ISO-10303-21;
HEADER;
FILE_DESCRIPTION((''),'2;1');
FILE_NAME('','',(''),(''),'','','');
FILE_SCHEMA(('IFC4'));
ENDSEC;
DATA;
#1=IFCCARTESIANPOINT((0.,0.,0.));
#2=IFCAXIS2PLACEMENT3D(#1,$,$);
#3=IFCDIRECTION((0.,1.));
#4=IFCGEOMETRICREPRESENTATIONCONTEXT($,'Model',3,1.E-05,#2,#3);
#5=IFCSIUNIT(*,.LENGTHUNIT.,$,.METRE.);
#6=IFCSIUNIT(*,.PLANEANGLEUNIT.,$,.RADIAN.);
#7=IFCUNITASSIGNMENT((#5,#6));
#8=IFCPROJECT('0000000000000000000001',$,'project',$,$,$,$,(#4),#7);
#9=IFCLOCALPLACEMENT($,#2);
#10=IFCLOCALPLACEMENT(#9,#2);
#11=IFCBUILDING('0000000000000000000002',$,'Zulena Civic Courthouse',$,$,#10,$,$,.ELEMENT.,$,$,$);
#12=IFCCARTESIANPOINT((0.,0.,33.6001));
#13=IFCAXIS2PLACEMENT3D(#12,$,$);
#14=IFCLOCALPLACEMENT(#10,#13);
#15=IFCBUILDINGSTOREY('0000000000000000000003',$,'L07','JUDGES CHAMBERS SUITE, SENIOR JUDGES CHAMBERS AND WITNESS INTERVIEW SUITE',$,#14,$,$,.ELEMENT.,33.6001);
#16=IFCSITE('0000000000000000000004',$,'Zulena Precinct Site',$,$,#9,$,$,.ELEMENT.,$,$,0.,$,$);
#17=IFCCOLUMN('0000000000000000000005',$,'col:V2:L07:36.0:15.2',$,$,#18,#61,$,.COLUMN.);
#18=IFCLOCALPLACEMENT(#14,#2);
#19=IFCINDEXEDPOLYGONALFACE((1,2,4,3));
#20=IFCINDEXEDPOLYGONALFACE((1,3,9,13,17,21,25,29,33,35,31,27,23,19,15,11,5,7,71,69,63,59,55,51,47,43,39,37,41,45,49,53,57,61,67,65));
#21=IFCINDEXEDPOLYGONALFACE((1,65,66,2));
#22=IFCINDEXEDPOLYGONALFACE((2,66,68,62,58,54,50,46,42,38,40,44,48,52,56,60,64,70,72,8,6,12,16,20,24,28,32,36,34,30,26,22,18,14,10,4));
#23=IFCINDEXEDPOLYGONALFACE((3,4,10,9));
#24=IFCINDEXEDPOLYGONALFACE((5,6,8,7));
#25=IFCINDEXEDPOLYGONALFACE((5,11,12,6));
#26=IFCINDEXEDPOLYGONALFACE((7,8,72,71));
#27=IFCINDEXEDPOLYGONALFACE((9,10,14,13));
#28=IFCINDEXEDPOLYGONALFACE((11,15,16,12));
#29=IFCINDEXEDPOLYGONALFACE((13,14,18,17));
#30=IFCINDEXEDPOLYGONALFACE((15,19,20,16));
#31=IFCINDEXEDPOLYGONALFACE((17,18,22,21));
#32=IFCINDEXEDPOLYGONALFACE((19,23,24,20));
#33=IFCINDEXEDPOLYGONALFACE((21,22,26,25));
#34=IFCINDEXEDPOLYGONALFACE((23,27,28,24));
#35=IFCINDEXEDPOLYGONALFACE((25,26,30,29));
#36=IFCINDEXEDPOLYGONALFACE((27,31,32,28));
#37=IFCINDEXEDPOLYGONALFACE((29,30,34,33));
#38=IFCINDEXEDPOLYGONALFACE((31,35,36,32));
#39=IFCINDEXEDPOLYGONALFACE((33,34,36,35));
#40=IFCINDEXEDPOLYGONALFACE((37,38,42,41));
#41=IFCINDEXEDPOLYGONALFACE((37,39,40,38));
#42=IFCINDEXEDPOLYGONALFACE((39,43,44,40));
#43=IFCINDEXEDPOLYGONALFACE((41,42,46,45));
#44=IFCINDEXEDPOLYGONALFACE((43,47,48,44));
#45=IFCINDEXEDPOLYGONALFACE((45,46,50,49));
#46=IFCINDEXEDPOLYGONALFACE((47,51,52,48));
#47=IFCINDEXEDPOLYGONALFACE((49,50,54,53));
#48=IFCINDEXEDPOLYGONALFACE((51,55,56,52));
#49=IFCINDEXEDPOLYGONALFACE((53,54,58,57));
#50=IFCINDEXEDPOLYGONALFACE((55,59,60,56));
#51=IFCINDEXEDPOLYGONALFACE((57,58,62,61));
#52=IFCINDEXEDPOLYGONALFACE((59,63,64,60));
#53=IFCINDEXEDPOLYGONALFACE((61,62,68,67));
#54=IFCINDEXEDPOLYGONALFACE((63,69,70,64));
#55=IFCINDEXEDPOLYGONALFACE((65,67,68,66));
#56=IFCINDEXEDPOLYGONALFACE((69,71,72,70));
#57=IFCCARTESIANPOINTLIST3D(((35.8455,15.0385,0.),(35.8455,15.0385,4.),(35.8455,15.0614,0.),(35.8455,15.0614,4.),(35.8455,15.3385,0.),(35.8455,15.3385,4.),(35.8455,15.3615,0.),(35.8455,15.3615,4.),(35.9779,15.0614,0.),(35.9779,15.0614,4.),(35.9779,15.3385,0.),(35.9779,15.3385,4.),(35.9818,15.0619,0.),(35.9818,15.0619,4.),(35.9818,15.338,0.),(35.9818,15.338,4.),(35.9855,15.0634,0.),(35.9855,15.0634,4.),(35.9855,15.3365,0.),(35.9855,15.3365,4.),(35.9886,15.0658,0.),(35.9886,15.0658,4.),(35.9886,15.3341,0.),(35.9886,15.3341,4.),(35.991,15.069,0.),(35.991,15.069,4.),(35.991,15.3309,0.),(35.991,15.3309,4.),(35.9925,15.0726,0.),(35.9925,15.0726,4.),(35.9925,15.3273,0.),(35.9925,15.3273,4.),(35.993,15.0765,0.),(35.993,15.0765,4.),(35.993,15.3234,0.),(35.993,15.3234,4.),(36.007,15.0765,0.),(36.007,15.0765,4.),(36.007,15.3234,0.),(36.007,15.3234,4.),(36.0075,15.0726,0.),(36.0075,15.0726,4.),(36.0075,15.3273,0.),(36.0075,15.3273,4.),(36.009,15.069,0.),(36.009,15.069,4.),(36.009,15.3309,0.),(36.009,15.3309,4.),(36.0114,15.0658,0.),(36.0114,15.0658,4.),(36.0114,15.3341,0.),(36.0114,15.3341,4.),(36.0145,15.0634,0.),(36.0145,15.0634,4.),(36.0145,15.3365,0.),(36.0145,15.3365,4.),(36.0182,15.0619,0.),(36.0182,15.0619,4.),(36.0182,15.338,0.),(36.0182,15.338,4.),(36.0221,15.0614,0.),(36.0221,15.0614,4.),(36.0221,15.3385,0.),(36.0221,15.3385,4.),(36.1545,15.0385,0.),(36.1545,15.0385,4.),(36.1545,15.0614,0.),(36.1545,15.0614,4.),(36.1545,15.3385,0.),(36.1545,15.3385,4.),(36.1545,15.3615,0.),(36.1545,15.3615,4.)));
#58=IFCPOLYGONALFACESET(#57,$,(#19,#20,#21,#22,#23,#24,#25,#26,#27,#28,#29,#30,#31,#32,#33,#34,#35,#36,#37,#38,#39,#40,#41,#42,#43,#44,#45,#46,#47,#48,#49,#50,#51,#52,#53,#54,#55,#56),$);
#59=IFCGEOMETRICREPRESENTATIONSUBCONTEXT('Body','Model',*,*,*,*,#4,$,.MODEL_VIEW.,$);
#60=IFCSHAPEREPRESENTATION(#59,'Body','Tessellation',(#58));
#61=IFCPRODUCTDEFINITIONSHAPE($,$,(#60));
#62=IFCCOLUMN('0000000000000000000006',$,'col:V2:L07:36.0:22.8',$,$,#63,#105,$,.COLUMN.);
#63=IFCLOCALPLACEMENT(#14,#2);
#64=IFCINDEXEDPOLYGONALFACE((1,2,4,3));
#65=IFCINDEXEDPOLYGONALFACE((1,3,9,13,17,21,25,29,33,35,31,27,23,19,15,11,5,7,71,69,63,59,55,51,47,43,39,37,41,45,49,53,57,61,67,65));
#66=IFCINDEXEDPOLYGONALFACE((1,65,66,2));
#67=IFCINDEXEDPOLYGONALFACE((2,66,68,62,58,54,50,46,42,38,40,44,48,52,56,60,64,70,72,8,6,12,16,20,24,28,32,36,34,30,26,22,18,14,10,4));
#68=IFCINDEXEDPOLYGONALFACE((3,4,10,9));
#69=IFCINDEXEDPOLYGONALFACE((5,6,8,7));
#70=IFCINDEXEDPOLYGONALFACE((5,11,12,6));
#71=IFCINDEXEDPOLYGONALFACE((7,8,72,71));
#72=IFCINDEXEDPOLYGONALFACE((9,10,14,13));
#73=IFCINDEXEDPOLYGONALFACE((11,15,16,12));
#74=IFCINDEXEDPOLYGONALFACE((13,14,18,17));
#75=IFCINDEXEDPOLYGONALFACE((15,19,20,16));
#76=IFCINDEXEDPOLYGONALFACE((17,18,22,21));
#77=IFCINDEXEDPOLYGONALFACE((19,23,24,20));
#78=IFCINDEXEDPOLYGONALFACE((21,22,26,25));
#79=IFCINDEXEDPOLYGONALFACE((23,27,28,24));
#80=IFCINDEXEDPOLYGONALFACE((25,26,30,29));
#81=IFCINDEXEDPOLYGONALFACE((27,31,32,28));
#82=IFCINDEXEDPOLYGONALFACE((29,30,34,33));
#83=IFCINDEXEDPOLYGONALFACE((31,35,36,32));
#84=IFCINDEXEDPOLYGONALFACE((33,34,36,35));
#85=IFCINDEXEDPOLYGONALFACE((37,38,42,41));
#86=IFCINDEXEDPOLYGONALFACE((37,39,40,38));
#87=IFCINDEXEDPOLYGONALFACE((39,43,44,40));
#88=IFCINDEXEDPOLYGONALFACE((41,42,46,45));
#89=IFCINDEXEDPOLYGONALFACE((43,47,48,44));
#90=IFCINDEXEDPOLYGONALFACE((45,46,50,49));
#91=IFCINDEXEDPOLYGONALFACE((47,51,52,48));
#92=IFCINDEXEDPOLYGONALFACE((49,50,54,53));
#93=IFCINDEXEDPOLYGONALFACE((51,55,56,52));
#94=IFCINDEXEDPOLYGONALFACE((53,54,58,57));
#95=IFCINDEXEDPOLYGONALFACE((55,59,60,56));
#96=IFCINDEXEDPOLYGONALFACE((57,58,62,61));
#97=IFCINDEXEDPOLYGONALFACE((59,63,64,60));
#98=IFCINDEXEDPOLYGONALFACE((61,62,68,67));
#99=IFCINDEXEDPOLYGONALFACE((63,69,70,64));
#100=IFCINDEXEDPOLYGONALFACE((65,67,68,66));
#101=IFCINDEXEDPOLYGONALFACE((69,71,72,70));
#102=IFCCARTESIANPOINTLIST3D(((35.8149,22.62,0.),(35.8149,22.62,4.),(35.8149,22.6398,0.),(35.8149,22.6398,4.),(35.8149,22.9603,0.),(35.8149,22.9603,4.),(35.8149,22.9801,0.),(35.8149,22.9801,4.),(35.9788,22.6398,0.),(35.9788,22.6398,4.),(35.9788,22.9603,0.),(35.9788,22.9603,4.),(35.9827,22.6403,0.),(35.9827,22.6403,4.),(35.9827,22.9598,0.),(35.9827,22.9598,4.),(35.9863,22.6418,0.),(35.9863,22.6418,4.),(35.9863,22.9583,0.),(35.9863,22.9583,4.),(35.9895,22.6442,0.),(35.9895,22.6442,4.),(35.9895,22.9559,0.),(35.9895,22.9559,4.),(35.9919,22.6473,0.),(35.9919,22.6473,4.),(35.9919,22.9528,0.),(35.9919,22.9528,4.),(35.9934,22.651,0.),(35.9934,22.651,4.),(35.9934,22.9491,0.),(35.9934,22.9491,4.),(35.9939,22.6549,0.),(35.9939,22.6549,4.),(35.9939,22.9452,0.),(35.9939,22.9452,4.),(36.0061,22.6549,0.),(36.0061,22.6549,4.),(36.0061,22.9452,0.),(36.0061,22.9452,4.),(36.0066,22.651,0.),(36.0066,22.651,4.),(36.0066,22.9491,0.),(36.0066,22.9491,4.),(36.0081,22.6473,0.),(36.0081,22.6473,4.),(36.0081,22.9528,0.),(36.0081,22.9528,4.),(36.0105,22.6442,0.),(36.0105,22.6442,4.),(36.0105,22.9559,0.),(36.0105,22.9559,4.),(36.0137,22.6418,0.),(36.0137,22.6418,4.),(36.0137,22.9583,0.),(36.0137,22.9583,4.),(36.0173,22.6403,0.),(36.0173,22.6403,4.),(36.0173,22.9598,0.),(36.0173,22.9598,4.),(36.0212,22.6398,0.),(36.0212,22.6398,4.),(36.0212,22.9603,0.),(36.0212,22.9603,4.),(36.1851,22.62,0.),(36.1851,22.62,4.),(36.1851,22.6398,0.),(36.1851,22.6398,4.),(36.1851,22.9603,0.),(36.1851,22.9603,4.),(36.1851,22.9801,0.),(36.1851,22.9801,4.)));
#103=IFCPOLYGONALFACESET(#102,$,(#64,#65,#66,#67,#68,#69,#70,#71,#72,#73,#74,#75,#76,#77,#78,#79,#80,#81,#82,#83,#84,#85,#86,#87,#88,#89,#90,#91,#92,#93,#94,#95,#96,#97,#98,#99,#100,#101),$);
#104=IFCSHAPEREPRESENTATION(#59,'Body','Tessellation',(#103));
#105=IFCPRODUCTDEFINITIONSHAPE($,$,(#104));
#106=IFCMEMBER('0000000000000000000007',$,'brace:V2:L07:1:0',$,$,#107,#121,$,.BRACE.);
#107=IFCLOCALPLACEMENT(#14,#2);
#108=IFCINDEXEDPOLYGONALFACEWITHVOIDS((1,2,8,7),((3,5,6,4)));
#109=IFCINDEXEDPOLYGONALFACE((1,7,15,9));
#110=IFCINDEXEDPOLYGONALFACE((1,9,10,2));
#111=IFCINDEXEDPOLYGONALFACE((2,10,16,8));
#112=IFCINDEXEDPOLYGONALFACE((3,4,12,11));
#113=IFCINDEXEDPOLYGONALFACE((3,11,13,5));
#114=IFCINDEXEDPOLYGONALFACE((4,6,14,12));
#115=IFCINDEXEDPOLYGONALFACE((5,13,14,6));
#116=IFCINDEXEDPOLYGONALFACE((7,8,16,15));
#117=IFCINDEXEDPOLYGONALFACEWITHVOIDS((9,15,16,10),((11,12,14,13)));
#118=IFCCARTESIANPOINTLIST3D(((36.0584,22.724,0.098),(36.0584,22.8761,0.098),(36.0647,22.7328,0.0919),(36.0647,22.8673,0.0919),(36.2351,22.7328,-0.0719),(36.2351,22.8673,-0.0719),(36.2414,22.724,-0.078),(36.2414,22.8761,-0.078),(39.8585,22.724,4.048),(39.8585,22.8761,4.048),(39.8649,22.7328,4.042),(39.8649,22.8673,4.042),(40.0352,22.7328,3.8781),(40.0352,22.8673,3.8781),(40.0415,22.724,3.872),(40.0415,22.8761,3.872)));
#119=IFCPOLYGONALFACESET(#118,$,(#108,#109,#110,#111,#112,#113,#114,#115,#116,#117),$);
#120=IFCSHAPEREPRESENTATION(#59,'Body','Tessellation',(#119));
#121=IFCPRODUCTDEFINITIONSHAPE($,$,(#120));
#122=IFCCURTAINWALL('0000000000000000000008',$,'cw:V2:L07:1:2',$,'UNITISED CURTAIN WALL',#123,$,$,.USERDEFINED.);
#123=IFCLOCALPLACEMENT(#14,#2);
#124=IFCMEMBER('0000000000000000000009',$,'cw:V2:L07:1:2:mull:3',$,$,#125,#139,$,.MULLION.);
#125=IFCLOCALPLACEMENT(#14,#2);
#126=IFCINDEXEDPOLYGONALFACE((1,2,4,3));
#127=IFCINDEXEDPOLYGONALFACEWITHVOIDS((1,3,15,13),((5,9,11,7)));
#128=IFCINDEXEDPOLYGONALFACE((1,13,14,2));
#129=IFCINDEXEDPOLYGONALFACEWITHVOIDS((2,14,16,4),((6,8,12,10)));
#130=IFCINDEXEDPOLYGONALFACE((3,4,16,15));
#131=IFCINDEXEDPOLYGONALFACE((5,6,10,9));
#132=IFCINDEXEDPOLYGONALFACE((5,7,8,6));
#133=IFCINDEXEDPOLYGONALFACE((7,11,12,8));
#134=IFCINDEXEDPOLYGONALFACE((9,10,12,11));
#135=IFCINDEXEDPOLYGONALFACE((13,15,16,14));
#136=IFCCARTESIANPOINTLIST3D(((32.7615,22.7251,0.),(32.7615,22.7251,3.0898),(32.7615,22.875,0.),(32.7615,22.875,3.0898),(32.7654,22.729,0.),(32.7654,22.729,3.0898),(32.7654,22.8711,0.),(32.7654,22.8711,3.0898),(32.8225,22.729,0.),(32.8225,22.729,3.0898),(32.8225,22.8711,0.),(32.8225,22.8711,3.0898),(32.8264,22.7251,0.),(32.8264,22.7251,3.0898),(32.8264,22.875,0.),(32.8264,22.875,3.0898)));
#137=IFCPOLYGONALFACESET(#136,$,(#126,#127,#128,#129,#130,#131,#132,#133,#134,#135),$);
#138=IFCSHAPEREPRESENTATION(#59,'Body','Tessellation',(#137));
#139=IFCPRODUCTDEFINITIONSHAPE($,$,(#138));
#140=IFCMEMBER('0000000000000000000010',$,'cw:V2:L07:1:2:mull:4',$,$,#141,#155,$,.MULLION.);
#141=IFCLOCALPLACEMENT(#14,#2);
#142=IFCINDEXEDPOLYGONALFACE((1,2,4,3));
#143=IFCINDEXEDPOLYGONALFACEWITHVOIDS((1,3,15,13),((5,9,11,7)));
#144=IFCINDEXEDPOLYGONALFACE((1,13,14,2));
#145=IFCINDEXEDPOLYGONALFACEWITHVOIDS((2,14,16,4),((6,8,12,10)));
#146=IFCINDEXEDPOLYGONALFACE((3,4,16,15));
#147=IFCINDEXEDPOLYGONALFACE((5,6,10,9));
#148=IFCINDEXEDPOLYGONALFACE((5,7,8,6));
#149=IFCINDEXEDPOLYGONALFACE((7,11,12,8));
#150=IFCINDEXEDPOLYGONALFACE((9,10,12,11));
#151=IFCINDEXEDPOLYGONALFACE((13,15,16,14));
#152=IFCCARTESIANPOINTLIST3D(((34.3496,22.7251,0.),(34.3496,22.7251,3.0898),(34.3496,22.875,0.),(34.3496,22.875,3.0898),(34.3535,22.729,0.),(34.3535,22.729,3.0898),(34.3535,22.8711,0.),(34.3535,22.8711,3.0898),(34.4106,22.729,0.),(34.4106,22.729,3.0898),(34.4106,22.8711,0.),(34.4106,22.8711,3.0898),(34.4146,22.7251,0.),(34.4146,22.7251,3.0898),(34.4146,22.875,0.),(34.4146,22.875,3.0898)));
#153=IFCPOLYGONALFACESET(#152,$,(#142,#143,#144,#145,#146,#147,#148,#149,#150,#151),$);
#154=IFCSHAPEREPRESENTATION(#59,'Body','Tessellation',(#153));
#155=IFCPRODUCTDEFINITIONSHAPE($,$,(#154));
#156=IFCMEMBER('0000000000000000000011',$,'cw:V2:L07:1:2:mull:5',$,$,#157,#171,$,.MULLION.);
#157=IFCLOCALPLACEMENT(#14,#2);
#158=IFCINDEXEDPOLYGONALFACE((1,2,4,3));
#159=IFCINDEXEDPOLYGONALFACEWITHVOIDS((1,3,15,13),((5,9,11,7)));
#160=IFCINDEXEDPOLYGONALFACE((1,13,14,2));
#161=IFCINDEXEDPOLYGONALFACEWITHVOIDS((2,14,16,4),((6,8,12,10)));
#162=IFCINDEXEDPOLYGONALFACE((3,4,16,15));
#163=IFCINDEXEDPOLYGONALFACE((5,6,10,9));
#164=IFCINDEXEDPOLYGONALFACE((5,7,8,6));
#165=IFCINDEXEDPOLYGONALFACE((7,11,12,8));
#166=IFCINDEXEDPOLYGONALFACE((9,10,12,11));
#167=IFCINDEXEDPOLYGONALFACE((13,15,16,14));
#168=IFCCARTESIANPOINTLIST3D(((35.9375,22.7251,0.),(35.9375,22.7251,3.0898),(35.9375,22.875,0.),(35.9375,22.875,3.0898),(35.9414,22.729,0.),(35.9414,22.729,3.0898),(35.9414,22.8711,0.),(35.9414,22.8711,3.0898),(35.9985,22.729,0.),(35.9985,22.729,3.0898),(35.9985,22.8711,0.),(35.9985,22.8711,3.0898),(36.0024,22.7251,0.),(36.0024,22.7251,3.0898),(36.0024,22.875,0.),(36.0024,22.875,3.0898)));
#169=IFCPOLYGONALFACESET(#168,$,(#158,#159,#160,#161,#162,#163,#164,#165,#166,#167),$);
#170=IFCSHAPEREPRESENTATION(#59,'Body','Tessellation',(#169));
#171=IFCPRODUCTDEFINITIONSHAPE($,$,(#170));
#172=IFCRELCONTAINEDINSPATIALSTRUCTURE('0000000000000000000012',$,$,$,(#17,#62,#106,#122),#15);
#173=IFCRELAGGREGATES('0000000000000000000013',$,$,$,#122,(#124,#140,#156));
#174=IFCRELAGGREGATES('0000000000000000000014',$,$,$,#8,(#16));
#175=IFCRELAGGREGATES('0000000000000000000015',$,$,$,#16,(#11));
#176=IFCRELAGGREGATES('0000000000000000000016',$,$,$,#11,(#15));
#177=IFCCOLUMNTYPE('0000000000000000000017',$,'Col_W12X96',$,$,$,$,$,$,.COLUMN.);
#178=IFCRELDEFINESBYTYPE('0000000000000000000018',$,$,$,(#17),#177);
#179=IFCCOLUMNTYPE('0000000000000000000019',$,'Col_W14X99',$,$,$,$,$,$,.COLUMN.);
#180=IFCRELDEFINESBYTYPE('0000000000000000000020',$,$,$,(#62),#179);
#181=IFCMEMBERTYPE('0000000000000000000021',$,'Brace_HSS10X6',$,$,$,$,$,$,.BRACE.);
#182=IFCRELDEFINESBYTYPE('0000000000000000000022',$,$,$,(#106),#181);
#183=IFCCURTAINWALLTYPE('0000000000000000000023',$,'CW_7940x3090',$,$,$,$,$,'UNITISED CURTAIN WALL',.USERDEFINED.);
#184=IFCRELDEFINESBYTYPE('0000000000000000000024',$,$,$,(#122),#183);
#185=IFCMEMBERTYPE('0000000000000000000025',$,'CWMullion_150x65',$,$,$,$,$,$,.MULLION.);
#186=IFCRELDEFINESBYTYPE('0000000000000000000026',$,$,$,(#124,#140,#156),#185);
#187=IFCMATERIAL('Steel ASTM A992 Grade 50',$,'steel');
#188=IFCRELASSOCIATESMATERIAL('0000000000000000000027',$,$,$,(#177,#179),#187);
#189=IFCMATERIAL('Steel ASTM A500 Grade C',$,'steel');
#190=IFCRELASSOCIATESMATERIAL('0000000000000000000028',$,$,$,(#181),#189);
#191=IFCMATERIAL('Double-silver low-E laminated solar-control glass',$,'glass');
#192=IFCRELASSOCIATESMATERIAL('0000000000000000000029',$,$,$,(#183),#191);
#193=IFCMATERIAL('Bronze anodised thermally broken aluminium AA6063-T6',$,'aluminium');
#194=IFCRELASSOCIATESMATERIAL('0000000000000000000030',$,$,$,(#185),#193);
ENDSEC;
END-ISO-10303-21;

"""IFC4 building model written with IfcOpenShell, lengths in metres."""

from ifc_helpers import new_model, si_unit, direction, frame, origin, origin_2d, place, context, subcontext, project, spatial, hollow_rectangle, i_section, extrude, material, material_profile, profile_set, type_object, element, aggregate, save


model = new_model("IFC4")

# Units and contexts
model_context = context("Model", 3, precision=1e-05, world=origin(), true_north=direction((0.0, 1.0)))
body_context = subcontext(model_context, "Body", "Model", "MODEL_VIEW")
ifc_project = project(units=[si_unit("LENGTHUNIT", "METRE"), si_unit("PLANEANGLEUNIT", "RADIAN")], contexts=[model_context])

# Site, building, storey
site_placement = place(None, origin())
site = spatial("IfcSite", under=ifc_project, at=site_placement, Name="Zulena Precinct Site", CompositionType="ELEMENT", RefElevation=0.0)
building_placement = place(site_placement, origin())
building = spatial("IfcBuilding", under=site, at=building_placement, Name="Zulena Civic Courthouse", CompositionType="ELEMENT")
storey_placement = place(building_placement, frame((0.0, 0.0, 33.6001)))
storey = spatial("IfcBuildingStorey", under=building, at=storey_placement, Name="L07", Description="JUDGES CHAMBERS SUITE, SENIOR JUDGES CHAMBERS AND WITNESS INTERVIEW SUITE", CompositionType="ELEMENT", Elevation=33.6001)

# Columns
ifc_material_1 = material(Name="Steel ASTM A992 Grade 50", Category="steel")
ifc_material_profile_1 = material_profile(ifc_material_1, i_section(OverallWidth=0.3091, OverallDepth=0.323, WebThickness=0.0139, FlangeThickness=0.0229, FilletRadius=0.0151, at=origin_2d()), Name="W12X96")
ifc_profile_set_1 = profile_set([ifc_material_profile_1], Name="Steel ASTM A992 Grade 50")
column_type_1 = type_object("IfcColumnType", Name="Col_W12X96", PredefinedType="COLUMN", material=ifc_profile_set_1)
column_1_placement = place(storey_placement, frame((36.0, 15.2, 0.0), z_axis=(0.0, 0.0, 1.0), x_axis=(1.0, 0.0, 0.0)))
element("IfcColumn", 1, at=column_1_placement, inside=storey, type_object=column_type_1, Name="col:V2:L07:36.0:15.2", PredefinedType="COLUMN", context=body_context, shape_type="SweptSolid", body=[
    extrude(i_section(OverallWidth=0.3091, OverallDepth=0.323, WebThickness=0.0139, FlangeThickness=0.0229, FilletRadius=0.0151, at=origin_2d()), origin(), (0.0, 0.0, 1.0), 4.0),
])
ifc_material_profile_2 = material_profile(ifc_material_1, i_section(OverallWidth=0.3701, OverallDepth=0.3601, WebThickness=0.0122, FlangeThickness=0.0198, FilletRadius=0.0151, at=origin_2d()), Name="W14X99")
ifc_profile_set_2 = profile_set([ifc_material_profile_2], Name="Steel ASTM A992 Grade 50")
column_type_2 = type_object("IfcColumnType", Name="Col_W14X99", PredefinedType="COLUMN", material=ifc_profile_set_2)
column_2_placement = place(storey_placement, frame((36.0, 22.8, 0.0), z_axis=(0.0, 0.0, 1.0), x_axis=(1.0, 0.0, 0.0)))
element("IfcColumn", 2, at=column_2_placement, inside=storey, type_object=column_type_2, Name="col:V2:L07:36.0:22.8", PredefinedType="COLUMN", context=body_context, shape_type="SweptSolid", body=[
    extrude(i_section(OverallWidth=0.3701, OverallDepth=0.3601, WebThickness=0.0122, FlangeThickness=0.0198, FilletRadius=0.0151, at=origin_2d()), origin(), (0.0, 0.0, 1.0), 4.0),
])

# Member
ifc_material_2 = material(Name="Steel ASTM A500 Grade C", Category="steel")
ifc_material_profile_3 = material_profile(ifc_material_2, hollow_rectangle(XDim=0.1521, YDim=0.2539, WallThickness=0.0088, at=origin_2d()), Name="HSS10X6X3/8")
ifc_profile_set_3 = profile_set([ifc_material_profile_3], Name="Steel ASTM A500 Grade C")
member_type_1 = type_object("IfcMemberType", Name="Brace_HSS10X6", PredefinedType="BRACE", material=ifc_profile_set_3)
member_1_placement = place(storey_placement, frame((36.1499, 22.8, 0.01), z_axis=(0.6933, 0.0, 0.720649), x_axis=(0.0, 1.0, 0.0)))
element("IfcMember", 3, at=member_1_placement, inside=storey, type_object=member_type_1, Name="brace:V2:L07:1:0", PredefinedType="BRACE", context=body_context, shape_type="SweptSolid", body=[
    extrude(hollow_rectangle(XDim=0.1521, YDim=0.2539, WallThickness=0.0088, at=origin_2d()), origin(), (0.0, 0.0, 1.0), 5.4812),
])

# Curtain wall, members
ifc_material_3 = material(Name="Double-silver low-E laminated solar-control glass", Category="glass")
curtain_wall_type = type_object("IfcCurtainWallType", Name="CW_7940x3090", ElementType="UNITISED CURTAIN WALL", PredefinedType="USERDEFINED", material=ifc_material_3)
curtain_wall_placement = place(storey_placement, origin())
curtain_wall = element("IfcCurtainWall", 4, at=curtain_wall_placement, inside=storey, type_object=curtain_wall_type, Name="cw:V2:L07:1:2", ObjectType="UNITISED CURTAIN WALL", PredefinedType="USERDEFINED")
ifc_material_4 = material(Name="Bronze anodised thermally broken aluminium AA6063-T6", Category="aluminium")
ifc_material_profile_4 = material_profile(ifc_material_4, hollow_rectangle(XDim=0.0649, YDim=0.1499, WallThickness=0.0039, at=origin_2d()), Name="CWM150X65X4")
ifc_profile_set_4 = profile_set([ifc_material_profile_4], Name="Bronze anodised thermally broken aluminium AA6063-T6")
member_type_2 = type_object("IfcMemberType", Name="CWMullion_150x65", PredefinedType="MULLION", material=ifc_profile_set_4)
member_2_placement = place(storey_placement, frame((32.7939, 22.8, 0.0), z_axis=(0.0, 0.0, 1.0), x_axis=(1.0, 0.0, 0.0)))
member_2 = element("IfcMember", 5, at=member_2_placement, type_object=member_type_2, Name="cw:V2:L07:1:2:mull:3", PredefinedType="MULLION", context=body_context, shape_type="SweptSolid", body=[
    extrude(hollow_rectangle(XDim=0.0649, YDim=0.1499, WallThickness=0.0039, at=origin_2d()), origin(), (0.0, 0.0, 1.0), 3.0898),
])
member_3_placement = place(storey_placement, frame((34.3821, 22.8, 0.0), z_axis=(0.0, 0.0, 1.0), x_axis=(1.0, 0.0, 0.0)))
member_3 = element("IfcMember", 6, at=member_3_placement, type_object=member_type_2, Name="cw:V2:L07:1:2:mull:4", PredefinedType="MULLION", context=body_context, shape_type="SweptSolid", body=[
    extrude(hollow_rectangle(XDim=0.0649, YDim=0.1499, WallThickness=0.0039, at=origin_2d()), origin(), (0.0, 0.0, 1.0), 3.0898),
])
member_4_placement = place(storey_placement, frame((35.97, 22.8, 0.0), z_axis=(0.0, 0.0, 1.0), x_axis=(1.0, 0.0, 0.0)))
member_4 = element("IfcMember", 7, at=member_4_placement, type_object=member_type_2, Name="cw:V2:L07:1:2:mull:5", PredefinedType="MULLION", context=body_context, shape_type="SweptSolid", body=[
    extrude(hollow_rectangle(XDim=0.0649, YDim=0.1499, WallThickness=0.0039, at=origin_2d()), origin(), (0.0, 0.0, 1.0), 3.0898),
])

aggregate(curtain_wall, [member_2, member_3, member_4])

save(model, "model.ifc")
